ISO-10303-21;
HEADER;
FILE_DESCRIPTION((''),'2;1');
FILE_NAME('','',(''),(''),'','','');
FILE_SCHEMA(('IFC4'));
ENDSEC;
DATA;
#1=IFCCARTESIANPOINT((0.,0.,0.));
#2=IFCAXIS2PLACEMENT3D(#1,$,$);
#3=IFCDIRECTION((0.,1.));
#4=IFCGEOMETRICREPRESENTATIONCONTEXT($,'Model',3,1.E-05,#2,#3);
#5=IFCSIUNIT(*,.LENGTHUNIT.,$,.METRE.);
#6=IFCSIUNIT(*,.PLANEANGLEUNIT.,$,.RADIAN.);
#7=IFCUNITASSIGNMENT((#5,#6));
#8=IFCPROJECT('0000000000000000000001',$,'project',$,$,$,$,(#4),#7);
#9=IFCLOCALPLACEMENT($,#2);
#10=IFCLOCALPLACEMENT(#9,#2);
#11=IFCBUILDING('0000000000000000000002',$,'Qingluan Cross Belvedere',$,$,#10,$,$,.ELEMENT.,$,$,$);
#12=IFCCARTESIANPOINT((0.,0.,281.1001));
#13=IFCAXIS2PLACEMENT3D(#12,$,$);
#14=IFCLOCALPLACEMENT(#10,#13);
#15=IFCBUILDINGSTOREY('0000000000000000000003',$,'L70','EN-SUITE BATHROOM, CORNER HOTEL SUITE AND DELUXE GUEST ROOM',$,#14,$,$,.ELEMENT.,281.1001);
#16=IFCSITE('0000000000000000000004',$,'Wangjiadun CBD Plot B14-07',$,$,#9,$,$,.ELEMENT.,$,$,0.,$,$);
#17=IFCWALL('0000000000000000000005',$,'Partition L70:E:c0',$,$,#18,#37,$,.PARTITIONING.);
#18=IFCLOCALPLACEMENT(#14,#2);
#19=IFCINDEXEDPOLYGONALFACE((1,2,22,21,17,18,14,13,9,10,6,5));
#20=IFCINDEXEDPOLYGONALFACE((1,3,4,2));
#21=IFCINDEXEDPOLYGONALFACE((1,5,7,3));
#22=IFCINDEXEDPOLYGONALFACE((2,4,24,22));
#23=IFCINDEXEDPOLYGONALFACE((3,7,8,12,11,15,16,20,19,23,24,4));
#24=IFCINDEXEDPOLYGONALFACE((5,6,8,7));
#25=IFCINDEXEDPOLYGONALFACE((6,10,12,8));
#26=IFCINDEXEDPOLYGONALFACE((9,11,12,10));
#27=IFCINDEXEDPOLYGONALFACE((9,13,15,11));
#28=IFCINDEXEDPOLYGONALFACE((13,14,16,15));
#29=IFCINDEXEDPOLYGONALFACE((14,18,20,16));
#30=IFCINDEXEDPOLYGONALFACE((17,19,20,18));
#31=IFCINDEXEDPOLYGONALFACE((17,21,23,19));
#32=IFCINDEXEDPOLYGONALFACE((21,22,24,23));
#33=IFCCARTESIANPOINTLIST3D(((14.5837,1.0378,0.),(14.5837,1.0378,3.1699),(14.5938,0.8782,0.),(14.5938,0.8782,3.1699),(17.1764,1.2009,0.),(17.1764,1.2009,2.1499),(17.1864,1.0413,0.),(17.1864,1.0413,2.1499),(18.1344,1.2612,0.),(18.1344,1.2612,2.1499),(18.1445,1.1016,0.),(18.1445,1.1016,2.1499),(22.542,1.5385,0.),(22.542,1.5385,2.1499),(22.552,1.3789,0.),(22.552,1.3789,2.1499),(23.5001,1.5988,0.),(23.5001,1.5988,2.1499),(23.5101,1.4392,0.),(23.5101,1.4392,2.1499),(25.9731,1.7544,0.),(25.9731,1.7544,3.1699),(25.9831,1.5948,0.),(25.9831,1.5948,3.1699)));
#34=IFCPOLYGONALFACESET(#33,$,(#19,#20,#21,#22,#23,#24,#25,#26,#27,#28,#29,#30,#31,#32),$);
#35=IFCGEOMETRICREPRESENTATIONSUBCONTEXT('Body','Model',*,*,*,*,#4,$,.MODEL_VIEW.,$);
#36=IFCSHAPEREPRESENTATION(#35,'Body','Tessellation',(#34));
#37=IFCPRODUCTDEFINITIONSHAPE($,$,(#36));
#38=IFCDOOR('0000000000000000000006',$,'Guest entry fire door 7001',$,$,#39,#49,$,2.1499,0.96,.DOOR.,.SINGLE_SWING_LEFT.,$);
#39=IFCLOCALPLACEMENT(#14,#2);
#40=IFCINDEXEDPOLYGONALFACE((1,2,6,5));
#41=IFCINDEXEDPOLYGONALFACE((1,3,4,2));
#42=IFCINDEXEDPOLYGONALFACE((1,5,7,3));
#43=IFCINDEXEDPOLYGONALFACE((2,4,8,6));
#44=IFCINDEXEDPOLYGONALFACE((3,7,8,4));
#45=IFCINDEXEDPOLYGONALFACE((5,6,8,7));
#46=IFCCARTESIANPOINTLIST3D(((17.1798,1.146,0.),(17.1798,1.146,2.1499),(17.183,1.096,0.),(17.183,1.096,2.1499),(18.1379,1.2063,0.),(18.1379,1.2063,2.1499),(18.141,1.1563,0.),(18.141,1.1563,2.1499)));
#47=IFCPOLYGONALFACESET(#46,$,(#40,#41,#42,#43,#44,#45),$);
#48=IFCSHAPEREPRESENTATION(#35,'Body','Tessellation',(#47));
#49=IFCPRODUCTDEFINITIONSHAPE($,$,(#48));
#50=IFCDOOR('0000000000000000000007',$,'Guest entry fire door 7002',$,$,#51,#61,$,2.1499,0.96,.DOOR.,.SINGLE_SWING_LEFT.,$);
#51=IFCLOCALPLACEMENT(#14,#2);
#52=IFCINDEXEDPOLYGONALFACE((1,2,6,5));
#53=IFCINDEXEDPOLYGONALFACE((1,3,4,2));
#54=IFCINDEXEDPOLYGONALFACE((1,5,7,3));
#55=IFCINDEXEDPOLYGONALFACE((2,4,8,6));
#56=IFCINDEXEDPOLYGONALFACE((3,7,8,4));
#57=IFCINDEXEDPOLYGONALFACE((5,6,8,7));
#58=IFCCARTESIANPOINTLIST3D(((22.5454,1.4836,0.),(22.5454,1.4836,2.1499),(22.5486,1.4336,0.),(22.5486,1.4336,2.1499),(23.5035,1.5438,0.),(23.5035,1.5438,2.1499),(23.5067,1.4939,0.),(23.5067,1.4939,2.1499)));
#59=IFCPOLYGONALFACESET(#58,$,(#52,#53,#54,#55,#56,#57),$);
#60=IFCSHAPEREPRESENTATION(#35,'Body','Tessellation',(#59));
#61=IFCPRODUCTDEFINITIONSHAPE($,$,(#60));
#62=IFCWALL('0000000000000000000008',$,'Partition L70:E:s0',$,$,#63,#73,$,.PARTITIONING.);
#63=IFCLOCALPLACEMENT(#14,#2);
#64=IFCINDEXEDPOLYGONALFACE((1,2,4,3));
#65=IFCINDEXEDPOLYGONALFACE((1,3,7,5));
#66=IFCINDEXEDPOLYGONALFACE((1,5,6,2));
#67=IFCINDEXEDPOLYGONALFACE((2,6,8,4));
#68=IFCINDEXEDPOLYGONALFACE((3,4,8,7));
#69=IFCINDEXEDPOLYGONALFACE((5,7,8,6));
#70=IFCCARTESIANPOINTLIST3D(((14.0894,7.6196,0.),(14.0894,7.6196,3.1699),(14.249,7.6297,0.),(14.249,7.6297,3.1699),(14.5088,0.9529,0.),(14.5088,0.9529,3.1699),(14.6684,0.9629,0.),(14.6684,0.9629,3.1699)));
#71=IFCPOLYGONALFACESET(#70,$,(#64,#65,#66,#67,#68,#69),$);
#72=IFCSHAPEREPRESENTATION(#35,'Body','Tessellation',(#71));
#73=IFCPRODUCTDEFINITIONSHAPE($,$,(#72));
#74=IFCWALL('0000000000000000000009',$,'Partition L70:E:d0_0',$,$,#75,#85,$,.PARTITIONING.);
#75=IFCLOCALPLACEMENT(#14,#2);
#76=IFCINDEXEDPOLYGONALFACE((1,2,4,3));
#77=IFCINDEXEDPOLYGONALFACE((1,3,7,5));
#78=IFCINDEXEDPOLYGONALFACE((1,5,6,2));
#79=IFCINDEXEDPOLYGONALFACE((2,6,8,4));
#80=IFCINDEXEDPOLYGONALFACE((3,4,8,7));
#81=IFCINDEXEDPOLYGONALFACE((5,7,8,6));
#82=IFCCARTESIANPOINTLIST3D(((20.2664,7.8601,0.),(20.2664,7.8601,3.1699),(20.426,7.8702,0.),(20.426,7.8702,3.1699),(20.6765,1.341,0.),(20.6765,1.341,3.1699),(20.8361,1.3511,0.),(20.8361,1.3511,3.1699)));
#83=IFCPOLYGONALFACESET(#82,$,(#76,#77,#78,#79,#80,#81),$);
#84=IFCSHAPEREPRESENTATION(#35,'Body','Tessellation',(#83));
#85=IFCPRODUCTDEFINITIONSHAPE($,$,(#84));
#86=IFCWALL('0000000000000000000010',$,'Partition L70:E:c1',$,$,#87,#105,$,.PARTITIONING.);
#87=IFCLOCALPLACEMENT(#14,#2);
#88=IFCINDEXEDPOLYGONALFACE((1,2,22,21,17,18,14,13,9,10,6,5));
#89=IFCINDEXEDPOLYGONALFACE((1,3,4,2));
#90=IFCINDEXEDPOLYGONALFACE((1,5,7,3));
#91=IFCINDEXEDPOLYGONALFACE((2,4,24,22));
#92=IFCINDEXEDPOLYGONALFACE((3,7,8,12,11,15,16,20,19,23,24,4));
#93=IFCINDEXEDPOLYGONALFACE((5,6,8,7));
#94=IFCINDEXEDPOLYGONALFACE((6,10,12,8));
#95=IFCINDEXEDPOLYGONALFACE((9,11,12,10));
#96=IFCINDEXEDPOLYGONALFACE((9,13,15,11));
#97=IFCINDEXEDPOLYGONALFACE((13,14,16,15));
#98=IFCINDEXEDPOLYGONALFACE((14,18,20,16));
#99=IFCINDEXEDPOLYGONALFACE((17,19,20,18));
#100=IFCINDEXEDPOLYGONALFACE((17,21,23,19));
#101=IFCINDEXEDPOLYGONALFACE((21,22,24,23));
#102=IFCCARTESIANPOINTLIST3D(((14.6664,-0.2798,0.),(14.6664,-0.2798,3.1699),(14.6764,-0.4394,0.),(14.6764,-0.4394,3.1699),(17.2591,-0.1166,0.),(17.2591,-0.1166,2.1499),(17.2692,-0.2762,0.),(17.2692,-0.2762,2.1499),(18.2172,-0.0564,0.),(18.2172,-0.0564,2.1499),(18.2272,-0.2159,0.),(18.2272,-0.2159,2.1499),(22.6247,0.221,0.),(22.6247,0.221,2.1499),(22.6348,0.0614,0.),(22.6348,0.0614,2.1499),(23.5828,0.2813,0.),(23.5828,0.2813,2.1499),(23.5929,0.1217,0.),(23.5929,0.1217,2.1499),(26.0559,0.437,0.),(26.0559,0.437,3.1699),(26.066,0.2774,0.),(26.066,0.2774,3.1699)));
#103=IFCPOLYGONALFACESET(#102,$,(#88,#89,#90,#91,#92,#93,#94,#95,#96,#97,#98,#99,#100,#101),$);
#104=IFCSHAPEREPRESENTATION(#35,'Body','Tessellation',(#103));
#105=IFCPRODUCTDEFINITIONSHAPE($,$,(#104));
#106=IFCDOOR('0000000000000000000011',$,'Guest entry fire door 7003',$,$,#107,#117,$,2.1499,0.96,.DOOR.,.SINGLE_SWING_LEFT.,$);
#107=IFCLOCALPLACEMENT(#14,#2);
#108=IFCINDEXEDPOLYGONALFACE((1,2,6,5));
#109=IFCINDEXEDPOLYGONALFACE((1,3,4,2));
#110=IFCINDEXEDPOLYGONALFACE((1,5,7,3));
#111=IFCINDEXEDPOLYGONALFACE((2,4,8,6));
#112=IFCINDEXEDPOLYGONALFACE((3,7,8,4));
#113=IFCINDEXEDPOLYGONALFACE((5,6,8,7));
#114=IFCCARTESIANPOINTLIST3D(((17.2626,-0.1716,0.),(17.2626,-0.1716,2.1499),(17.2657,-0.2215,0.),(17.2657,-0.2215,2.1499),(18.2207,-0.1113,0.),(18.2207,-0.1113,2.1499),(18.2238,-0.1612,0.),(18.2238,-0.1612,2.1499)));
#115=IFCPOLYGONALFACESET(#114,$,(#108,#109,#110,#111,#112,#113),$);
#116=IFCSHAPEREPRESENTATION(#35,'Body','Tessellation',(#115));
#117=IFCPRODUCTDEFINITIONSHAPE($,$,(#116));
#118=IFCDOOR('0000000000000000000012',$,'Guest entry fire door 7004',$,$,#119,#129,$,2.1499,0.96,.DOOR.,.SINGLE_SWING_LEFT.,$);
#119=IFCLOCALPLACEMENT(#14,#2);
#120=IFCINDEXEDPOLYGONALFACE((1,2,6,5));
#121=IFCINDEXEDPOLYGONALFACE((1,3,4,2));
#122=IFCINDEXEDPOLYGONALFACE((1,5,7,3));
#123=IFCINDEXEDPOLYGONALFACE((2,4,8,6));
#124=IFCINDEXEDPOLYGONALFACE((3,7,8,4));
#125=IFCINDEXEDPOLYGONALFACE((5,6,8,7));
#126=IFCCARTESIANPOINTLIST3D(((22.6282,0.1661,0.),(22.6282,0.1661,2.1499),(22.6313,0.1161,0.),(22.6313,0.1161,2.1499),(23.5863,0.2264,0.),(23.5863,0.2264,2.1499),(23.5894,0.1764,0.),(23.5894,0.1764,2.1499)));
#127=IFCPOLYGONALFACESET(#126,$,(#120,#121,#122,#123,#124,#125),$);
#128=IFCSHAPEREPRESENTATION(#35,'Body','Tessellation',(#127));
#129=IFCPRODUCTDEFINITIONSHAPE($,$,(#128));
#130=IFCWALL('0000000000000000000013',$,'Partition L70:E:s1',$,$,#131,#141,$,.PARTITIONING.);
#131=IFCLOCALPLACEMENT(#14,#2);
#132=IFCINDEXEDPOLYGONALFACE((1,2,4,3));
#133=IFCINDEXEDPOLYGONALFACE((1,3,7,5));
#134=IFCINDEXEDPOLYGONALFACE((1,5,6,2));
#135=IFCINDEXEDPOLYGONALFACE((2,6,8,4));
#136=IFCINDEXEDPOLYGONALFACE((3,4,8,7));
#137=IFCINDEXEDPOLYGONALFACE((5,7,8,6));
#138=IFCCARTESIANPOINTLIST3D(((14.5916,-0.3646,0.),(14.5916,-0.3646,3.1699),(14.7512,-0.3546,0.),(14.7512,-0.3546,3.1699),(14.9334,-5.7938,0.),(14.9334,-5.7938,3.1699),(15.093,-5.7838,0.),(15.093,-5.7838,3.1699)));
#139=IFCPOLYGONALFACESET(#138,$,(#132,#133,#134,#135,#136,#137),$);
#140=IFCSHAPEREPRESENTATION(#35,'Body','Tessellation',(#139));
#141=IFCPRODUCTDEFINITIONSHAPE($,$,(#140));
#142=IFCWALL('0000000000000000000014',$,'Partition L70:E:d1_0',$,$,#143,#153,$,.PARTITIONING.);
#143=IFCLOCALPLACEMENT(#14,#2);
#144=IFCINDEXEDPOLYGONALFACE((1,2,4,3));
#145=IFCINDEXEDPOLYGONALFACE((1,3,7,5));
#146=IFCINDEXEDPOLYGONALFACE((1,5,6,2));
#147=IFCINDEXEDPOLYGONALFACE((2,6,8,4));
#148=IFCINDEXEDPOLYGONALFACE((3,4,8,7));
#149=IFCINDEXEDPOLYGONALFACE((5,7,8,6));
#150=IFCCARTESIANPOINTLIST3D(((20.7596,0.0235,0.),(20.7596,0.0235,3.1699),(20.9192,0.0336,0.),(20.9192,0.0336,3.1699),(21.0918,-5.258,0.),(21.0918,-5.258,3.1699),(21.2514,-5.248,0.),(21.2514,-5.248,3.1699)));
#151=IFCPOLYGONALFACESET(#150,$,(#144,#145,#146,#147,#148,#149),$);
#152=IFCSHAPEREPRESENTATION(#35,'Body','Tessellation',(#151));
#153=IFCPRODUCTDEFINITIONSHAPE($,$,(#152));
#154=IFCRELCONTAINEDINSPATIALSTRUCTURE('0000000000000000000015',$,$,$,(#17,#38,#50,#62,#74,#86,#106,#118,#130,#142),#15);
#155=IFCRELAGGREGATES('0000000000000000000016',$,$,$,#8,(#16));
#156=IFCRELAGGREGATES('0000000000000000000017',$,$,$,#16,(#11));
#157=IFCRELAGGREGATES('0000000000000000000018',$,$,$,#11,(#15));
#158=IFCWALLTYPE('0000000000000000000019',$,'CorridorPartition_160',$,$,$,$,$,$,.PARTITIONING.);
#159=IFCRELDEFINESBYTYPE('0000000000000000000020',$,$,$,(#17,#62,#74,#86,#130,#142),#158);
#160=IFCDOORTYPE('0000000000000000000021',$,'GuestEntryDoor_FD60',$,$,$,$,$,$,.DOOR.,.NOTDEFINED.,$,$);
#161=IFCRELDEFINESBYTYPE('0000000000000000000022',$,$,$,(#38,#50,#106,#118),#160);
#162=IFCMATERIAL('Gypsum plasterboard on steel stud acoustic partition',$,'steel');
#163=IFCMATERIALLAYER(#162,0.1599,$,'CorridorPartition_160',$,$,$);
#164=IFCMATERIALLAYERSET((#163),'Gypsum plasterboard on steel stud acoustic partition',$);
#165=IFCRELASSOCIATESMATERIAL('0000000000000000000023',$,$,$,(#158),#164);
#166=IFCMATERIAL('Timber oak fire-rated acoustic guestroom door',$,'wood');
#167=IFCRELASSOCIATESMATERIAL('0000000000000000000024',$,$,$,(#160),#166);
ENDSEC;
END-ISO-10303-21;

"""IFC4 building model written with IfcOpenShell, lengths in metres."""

from ifc_helpers import new_model, si_unit, direction, frame, frame_2d, origin, place, context, subcontext, project, spatial, rectangle, extrude, material, layer, layer_set, type_object, element, fill, save


model = new_model("IFC4")

# Units and contexts
model_context = context("Model", 3, precision=1e-05, world=origin(), true_north=direction((0.0, 1.0)))
body_context = subcontext(model_context, "Body", "Model", "MODEL_VIEW")
ifc_project = project(units=[si_unit("LENGTHUNIT", "METRE"), si_unit("PLANEANGLEUNIT", "RADIAN")], contexts=[model_context])

# Site, building, storey
site_placement = place(None, origin())
site = spatial("IfcSite", under=ifc_project, at=site_placement, Name="Wangjiadun CBD Plot B14-07", CompositionType="ELEMENT", RefElevation=0.0)
building_placement = place(site_placement, origin())
building = spatial("IfcBuilding", under=site, at=building_placement, Name="Qingluan Cross Belvedere", CompositionType="ELEMENT")
storey_placement = place(building_placement, frame((0.0, 0.0, 281.1001)))
storey = spatial("IfcBuildingStorey", under=building, at=storey_placement, Name="L70", Description="EN-SUITE BATHROOM, CORNER HOTEL SUITE AND DELUXE GUEST ROOM", CompositionType="ELEMENT", Elevation=281.1001)

# Shared definitions
ifc_material_1 = material(Name="Gypsum plasterboard on steel stud acoustic partition", Category="steel")
ifc_layer_1 = layer(ifc_material_1, 0.1599, Name="CorridorPartition_160")
ifc_layer_set_1 = layer_set([ifc_layer_1], Name="Gypsum plasterboard on steel stud acoustic partition")
wall_type_1 = type_object("IfcWallType", Name="CorridorPartition_160", PredefinedType="PARTITIONING", material=ifc_layer_set_1)

# Wall, openings, doors
wall_1_placement = place(storey_placement, frame((14.5886, 0.958, 0.0), z_axis=(0.0, 0.0, 1.0), x_axis=(0.998027, 0.06279, 0.0)))
wall_1 = element("IfcWall", 1, at=wall_1_placement, inside=storey, type_object=wall_type_1, Name="Partition L70:E:c0", PredefinedType="PARTITIONING", context=body_context, shape_type="SweptSolid", body=[
    extrude(rectangle(XDim=11.4119, YDim=0.1599, at=frame_2d((5.7061, 0.0))), origin(), (0.0, 0.0, 1.0), 3.1699),
])
opening_1_placement = place(wall_1_placement, frame((2.5979, 0.0, 0.0)))
opening_1 = element("IfcOpeningElement", 2, at=opening_1_placement, cuts=wall_1, PredefinedType="OPENING", context=body_context, shape_type="SweptSolid", body=[
    extrude(rectangle(XDim=0.96, YDim=2.1499, at=frame_2d((0.48, 1.075))), frame((0.0, 0.0898, 0.0), z_axis=(0.0, -1.0, 0.0), x_axis=(1.0, 0.0, 0.0)), (0.0, 0.0, 1.0), 0.1799),
])
opening_2_placement = place(wall_1_placement, frame((7.9741, 0.0, 0.0)))
opening_2 = element("IfcOpeningElement", 3, at=opening_2_placement, cuts=wall_1, PredefinedType="OPENING", context=body_context, shape_type="SweptSolid", body=[
    extrude(rectangle(XDim=0.96, YDim=2.1499, at=frame_2d((0.48, 1.075))), frame((0.0, 0.0898, 0.0), z_axis=(0.0, -1.0, 0.0), x_axis=(1.0, 0.0, 0.0)), (0.0, 0.0, 1.0), 0.1799),
])
ifc_material_2 = material(Name="Timber oak fire-rated acoustic guestroom door", Category="wood")
door_type_1 = type_object("IfcDoorType", Name="GuestEntryDoor_FD60", OperationType="NOTDEFINED", PredefinedType="DOOR", material=ifc_material_2)
door_1_placement = place(opening_1_placement, origin())
door_1 = element("IfcDoor", 4, at=door_1_placement, inside=storey, type_object=door_type_1, Name="Guest entry fire door 7001", OperationType="SINGLE_SWING_LEFT", OverallHeight=2.1499, OverallWidth=0.96, PredefinedType="DOOR", context=body_context, shape_type="SweptSolid", body=[
    extrude(rectangle(XDim=0.96, YDim=2.1499, at=frame_2d((0.48, 1.075))), frame((0.0, 0.0249, 0.0), z_axis=(0.0, -1.0, 0.0), x_axis=(1.0, 0.0, 0.0)), (0.0, 0.0, 1.0), 0.05),
])
fill(opening_1, door_1)
door_2_placement = place(opening_2_placement, origin())
door_2 = element("IfcDoor", 5, at=door_2_placement, inside=storey, type_object=door_type_1, Name="Guest entry fire door 7002", OperationType="SINGLE_SWING_LEFT", OverallHeight=2.1499, OverallWidth=0.96, PredefinedType="DOOR", context=body_context, shape_type="SweptSolid", body=[
    extrude(rectangle(XDim=0.96, YDim=2.1499, at=frame_2d((0.48, 1.075))), frame((0.0, 0.0249, 0.0), z_axis=(0.0, -1.0, 0.0), x_axis=(1.0, 0.0, 0.0)), (0.0, 0.0, 1.0), 0.05),
])
fill(opening_2, door_2)

# Walls
wall_2_placement = place(storey_placement, frame((14.5886, 0.958, 0.0), z_axis=(0.0, 0.0, 1.0), x_axis=(-0.06279, 0.998027, 0.0)))
element("IfcWall", 6, at=wall_2_placement, inside=storey, type_object=wall_type_1, Name="Partition L70:E:s0", PredefinedType="PARTITIONING", context=body_context, shape_type="SweptSolid", body=[
    extrude(rectangle(XDim=6.6799, YDim=0.1599, at=frame_2d((3.3398, 0.0))), origin(), (0.0, 0.0, 1.0), 3.1699),
])
wall_3_placement = place(storey_placement, frame((20.7563, 1.3459, 0.0), z_axis=(0.0, 0.0, 1.0), x_axis=(-0.062792, 0.998027, 0.0)))
element("IfcWall", 7, at=wall_3_placement, inside=storey, type_object=wall_type_1, Name="Partition L70:E:d0_0", PredefinedType="PARTITIONING", context=body_context, shape_type="SweptSolid", body=[
    extrude(rectangle(XDim=6.532, YDim=0.1599, at=frame_2d((3.2661, 0.0))), origin(), (0.0, 0.0, 1.0), 3.1699),
])

# Wall, openings, doors
wall_4_placement = place(storey_placement, frame((14.6714, -0.3596, 0.0), z_axis=(0.0, 0.0, 1.0), x_axis=(0.998026, 0.06281, 0.0)))
wall_4 = element("IfcWall", 8, at=wall_4_placement, inside=storey, type_object=wall_type_1, Name="Partition L70:E:c1", PredefinedType="PARTITIONING", context=body_context, shape_type="SweptSolid", body=[
    extrude(rectangle(XDim=11.4121, YDim=0.1599, at=frame_2d((5.7061, 0.0))), origin(), (0.0, 0.0, 1.0), 3.1699),
])
opening_3_placement = place(wall_4_placement, frame((2.5979, 0.0, 0.0)))
opening_3 = element("IfcOpeningElement", 9, at=opening_3_placement, cuts=wall_4, PredefinedType="OPENING", context=body_context, shape_type="SweptSolid", body=[
    extrude(rectangle(XDim=0.96, YDim=2.1499, at=frame_2d((0.48, 1.075))), frame((0.0, 0.0898, 0.0), z_axis=(0.0, -1.0, 0.0), x_axis=(1.0, 0.0, 0.0)), (0.0, 0.0, 1.0), 0.1799),
])
opening_4_placement = place(wall_4_placement, frame((7.9741, 0.0, 0.0)))
opening_4 = element("IfcOpeningElement", 10, at=opening_4_placement, cuts=wall_4, PredefinedType="OPENING", context=body_context, shape_type="SweptSolid", body=[
    extrude(rectangle(XDim=0.96, YDim=2.1499, at=frame_2d((0.48, 1.075))), frame((0.0, 0.0898, 0.0), z_axis=(0.0, -1.0, 0.0), x_axis=(1.0, 0.0, 0.0)), (0.0, 0.0, 1.0), 0.1799),
])
door_3_placement = place(opening_3_placement, origin())
door_3 = element("IfcDoor", 11, at=door_3_placement, inside=storey, type_object=door_type_1, Name="Guest entry fire door 7003", OperationType="SINGLE_SWING_LEFT", OverallHeight=2.1499, OverallWidth=0.96, PredefinedType="DOOR", context=body_context, shape_type="SweptSolid", body=[
    extrude(rectangle(XDim=0.96, YDim=2.1499, at=frame_2d((0.48, 1.075))), frame((0.0, 0.0249, 0.0), z_axis=(0.0, -1.0, 0.0), x_axis=(1.0, 0.0, 0.0)), (0.0, 0.0, 1.0), 0.05),
])
fill(opening_3, door_3)
door_4_placement = place(opening_4_placement, origin())
door_4 = element("IfcDoor", 12, at=door_4_placement, inside=storey, type_object=door_type_1, Name="Guest entry fire door 7004", OperationType="SINGLE_SWING_LEFT", OverallHeight=2.1499, OverallWidth=0.96, PredefinedType="DOOR", context=body_context, shape_type="SweptSolid", body=[
    extrude(rectangle(XDim=0.96, YDim=2.1499, at=frame_2d((0.48, 1.075))), frame((0.0, 0.0249, 0.0), z_axis=(0.0, -1.0, 0.0), x_axis=(1.0, 0.0, 0.0)), (0.0, 0.0, 1.0), 0.05),
])
fill(opening_4, door_4)

# Walls
wall_5_placement = place(storey_placement, frame((14.6714, -0.3596, 0.0), z_axis=(0.0, 0.0, 1.0), x_axis=(0.062831, -0.998024, 0.0)))
element("IfcWall", 13, at=wall_5_placement, inside=storey, type_object=wall_type_1, Name="Partition L70:E:s1", PredefinedType="PARTITIONING", context=body_context, shape_type="SweptSolid", body=[
    extrude(rectangle(XDim=5.4399, YDim=0.1599, at=frame_2d((2.72, 0.0))), origin(), (0.0, 0.0, 1.0), 3.1699),
])
wall_6_placement = place(storey_placement, frame((20.8394, 0.0286, 0.0), z_axis=(0.0, 0.0, 1.0), x_axis=(0.062789, -0.998027, 0.0)))
element("IfcWall", 14, at=wall_6_placement, inside=storey, type_object=wall_type_1, Name="Partition L70:E:d1_0", PredefinedType="PARTITIONING", context=body_context, shape_type="SweptSolid", body=[
    extrude(rectangle(XDim=5.292, YDim=0.1599, at=frame_2d((2.646, 0.0))), origin(), (0.0, 0.0, 1.0), 3.1699),
])

save(model, "model.ifc")
